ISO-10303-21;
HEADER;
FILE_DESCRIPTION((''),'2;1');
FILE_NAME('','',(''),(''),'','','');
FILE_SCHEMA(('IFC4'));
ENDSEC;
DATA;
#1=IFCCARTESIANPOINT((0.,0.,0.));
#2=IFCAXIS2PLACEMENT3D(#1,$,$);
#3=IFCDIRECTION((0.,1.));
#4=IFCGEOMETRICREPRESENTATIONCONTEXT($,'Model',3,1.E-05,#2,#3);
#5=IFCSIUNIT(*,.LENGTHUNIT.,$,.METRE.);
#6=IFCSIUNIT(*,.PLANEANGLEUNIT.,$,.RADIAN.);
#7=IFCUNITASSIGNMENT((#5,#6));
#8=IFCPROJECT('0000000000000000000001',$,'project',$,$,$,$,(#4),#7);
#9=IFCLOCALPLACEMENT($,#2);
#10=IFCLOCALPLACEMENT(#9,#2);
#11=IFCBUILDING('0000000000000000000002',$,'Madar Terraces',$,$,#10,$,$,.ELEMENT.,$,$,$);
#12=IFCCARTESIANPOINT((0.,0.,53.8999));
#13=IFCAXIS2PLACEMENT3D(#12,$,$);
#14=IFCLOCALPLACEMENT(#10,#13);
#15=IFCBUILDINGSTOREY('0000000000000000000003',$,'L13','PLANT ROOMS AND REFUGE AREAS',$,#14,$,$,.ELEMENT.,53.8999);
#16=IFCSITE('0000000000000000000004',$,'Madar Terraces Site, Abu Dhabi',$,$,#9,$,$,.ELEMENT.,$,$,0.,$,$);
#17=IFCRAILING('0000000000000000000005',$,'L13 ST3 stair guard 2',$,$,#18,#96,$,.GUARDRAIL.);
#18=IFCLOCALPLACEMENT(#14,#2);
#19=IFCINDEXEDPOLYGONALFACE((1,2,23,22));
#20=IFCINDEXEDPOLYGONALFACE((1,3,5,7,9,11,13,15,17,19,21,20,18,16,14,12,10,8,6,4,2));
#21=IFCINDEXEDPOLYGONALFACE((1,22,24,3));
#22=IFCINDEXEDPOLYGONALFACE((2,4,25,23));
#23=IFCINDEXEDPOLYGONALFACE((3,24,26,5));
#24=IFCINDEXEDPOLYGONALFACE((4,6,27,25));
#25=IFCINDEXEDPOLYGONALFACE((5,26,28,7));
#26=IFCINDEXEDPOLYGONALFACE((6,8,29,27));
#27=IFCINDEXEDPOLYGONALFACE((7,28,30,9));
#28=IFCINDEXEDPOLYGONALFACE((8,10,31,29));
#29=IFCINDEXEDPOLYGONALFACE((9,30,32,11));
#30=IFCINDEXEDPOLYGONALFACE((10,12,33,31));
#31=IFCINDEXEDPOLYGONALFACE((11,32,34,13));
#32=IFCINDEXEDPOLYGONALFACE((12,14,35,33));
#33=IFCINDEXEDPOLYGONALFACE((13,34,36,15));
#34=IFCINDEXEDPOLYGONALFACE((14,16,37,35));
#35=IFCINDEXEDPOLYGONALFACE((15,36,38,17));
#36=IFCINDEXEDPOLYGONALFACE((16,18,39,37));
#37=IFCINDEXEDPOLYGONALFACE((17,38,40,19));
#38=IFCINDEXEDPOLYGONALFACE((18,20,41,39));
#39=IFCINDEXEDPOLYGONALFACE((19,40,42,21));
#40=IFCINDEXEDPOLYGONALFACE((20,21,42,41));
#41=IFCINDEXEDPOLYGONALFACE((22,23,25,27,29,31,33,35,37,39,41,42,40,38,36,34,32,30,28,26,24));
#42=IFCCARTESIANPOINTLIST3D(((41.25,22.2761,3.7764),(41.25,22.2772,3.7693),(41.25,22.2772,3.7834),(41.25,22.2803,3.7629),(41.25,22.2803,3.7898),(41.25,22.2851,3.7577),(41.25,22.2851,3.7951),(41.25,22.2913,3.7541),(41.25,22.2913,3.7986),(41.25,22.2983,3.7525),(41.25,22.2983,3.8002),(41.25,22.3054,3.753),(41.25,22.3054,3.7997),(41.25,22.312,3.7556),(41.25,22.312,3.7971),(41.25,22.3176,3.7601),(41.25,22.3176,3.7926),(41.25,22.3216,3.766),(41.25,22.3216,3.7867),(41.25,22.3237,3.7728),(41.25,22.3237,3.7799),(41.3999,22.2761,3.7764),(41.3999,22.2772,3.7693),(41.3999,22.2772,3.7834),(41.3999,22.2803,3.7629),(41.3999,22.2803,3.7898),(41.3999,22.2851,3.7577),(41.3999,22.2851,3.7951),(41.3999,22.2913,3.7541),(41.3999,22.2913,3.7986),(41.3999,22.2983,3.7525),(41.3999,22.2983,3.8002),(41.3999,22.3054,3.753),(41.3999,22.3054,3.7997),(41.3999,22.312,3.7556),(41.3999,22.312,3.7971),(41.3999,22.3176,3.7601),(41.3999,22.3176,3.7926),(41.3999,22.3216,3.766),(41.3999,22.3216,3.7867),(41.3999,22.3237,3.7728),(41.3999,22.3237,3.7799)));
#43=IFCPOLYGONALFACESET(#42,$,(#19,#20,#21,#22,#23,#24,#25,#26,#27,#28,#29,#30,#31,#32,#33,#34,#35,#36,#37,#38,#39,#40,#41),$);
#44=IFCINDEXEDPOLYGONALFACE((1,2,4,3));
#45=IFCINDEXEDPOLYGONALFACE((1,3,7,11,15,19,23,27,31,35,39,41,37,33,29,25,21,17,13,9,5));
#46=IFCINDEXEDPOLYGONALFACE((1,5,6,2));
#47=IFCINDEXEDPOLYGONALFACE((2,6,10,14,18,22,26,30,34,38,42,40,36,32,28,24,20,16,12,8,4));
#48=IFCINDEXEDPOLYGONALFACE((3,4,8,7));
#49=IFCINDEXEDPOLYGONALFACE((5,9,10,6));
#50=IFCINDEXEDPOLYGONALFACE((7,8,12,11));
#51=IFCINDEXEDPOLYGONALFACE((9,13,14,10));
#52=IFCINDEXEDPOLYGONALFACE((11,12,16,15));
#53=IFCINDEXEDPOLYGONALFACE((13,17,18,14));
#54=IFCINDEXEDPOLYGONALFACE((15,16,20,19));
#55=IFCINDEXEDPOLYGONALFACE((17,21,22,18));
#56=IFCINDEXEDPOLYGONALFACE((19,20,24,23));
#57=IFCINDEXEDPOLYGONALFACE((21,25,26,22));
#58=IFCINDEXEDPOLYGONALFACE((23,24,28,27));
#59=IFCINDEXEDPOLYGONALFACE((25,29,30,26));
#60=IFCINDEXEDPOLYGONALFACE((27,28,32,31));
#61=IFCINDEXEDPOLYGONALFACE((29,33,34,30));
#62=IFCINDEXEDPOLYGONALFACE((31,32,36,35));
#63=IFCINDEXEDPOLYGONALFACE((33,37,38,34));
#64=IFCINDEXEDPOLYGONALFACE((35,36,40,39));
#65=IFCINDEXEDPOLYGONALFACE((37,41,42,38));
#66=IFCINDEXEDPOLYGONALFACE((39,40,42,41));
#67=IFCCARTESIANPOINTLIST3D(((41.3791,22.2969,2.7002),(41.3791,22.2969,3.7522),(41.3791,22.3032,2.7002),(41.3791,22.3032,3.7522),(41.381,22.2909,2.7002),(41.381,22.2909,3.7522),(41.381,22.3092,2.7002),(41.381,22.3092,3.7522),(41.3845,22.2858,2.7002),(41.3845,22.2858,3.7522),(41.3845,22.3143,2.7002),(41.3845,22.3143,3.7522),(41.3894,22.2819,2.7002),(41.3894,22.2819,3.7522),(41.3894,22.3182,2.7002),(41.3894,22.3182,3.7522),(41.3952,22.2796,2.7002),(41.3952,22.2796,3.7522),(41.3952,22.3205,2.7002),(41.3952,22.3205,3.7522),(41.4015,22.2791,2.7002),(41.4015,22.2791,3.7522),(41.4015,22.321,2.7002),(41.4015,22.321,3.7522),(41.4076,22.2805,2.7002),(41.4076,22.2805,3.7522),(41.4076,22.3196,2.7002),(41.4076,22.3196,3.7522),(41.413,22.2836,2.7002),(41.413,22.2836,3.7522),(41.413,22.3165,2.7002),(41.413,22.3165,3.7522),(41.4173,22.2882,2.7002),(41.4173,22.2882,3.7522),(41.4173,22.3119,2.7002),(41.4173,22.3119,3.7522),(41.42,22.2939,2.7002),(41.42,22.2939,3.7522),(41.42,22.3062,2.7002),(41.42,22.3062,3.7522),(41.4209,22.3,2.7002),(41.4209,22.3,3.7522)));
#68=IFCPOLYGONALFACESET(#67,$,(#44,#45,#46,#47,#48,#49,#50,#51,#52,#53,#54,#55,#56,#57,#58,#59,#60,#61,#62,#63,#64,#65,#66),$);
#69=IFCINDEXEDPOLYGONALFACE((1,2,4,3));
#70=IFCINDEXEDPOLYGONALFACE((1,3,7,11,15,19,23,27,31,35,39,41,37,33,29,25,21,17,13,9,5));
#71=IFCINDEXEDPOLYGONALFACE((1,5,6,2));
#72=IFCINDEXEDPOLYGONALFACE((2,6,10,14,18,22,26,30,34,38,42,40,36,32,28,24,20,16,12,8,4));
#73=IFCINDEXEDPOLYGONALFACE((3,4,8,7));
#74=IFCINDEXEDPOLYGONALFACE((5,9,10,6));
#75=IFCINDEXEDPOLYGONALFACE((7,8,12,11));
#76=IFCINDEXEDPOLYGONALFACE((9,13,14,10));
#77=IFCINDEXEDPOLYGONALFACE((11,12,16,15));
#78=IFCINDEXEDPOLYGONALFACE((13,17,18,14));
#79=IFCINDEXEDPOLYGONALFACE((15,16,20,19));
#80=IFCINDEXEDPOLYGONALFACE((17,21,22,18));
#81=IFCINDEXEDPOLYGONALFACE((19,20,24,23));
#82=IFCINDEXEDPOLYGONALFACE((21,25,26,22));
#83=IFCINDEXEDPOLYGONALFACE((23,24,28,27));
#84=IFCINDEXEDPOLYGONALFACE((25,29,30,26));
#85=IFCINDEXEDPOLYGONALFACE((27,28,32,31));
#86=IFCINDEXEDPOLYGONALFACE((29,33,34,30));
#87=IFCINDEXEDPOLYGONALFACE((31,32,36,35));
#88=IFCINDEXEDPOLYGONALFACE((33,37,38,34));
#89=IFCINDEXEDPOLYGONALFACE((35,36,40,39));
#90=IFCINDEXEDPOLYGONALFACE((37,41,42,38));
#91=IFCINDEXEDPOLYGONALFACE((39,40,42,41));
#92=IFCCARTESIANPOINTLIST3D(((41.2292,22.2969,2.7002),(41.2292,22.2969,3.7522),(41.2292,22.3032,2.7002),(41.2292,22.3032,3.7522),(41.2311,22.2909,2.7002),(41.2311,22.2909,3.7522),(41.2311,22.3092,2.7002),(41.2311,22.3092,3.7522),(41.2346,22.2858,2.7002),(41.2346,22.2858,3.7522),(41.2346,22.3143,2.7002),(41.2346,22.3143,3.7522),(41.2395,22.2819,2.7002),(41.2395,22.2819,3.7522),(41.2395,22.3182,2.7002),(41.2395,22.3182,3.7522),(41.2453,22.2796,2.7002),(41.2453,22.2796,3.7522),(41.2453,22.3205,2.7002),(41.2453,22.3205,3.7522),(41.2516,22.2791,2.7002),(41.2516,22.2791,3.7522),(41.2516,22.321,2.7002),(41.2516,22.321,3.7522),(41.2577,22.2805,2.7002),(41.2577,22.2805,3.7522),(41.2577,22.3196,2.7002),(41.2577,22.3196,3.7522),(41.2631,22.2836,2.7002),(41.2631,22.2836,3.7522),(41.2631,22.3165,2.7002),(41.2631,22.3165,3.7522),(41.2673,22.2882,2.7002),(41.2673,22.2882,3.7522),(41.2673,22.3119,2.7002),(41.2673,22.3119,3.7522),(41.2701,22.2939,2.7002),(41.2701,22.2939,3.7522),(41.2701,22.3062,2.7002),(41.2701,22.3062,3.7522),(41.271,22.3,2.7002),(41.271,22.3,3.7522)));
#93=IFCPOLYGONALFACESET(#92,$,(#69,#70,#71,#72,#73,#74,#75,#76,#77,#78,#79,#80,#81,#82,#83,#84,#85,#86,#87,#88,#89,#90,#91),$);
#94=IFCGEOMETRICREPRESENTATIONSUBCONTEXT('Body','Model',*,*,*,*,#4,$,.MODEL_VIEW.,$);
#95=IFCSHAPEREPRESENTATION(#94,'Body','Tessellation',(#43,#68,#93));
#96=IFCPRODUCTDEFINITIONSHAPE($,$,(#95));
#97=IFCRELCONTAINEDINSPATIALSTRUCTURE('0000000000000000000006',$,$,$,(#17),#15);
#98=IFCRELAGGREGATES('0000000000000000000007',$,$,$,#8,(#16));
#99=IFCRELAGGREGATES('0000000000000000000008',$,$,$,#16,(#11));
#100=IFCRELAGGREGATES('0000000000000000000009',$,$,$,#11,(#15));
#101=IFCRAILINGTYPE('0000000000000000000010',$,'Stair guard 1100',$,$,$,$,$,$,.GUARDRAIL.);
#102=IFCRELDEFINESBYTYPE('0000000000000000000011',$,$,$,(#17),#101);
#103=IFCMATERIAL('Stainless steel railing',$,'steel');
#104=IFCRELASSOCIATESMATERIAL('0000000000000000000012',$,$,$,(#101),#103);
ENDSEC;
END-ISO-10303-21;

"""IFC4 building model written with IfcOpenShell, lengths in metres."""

from ifc_helpers import new_model, si_unit, direction, frame, origin, origin_2d, place, context, subcontext, project, spatial, circle, extrude, material, type_object, element, save


model = new_model("IFC4")

# Units and contexts
model_context = context("Model", 3, precision=1e-05, world=origin(), true_north=direction((0.0, 1.0)))
body_context = subcontext(model_context, "Body", "Model", "MODEL_VIEW")
ifc_project = project(units=[si_unit("LENGTHUNIT", "METRE"), si_unit("PLANEANGLEUNIT", "RADIAN")], contexts=[model_context])

# Site, building, storey
site_placement = place(None, origin())
site = spatial("IfcSite", under=ifc_project, at=site_placement, Name="Madar Terraces Site, Abu Dhabi", CompositionType="ELEMENT", RefElevation=0.0)
building_placement = place(site_placement, origin())
building = spatial("IfcBuilding", under=site, at=building_placement, Name="Madar Terraces", CompositionType="ELEMENT")
storey_placement = place(building_placement, frame((0.0, 0.0, 53.8999)))
storey = spatial("IfcBuildingStorey", under=building, at=storey_placement, Name="L13", Description="PLANT ROOMS AND REFUGE AREAS", CompositionType="ELEMENT", Elevation=53.8999)

# Railing
ifc_material_1 = material(Name="Stainless steel railing", Category="steel")
railing_type_1 = type_object("IfcRailingType", Name="Stair guard 1100", PredefinedType="GUARDRAIL", material=ifc_material_1)
railing_1_placement = place(storey_placement, frame((41.3999, 22.3, 2.7002)))
element("IfcRailing", 1, at=railing_1_placement, inside=storey, type_object=railing_type_1, Name="L13 ST3 stair guard 2", PredefinedType="GUARDRAIL", context=body_context, shape_type="SweptSolid", body=[
    extrude(circle(Radius=0.0239, at=origin_2d()), frame((0.0, 0.0, 1.0762), z_axis=(-1.0, 0.0, 0.0), x_axis=(0.0, -1.0, 0.0)), (0.0, 0.0, 1.0), 0.1499),
    extrude(circle(Radius=0.021, at=origin_2d()), origin(), (0.0, 0.0, 1.0), 1.052),
    extrude(circle(Radius=0.021, at=origin_2d()), frame((-0.1499, 0.0, 0.0)), (0.0, 0.0, 1.0), 1.052),
])

save(model, "model.ifc")
